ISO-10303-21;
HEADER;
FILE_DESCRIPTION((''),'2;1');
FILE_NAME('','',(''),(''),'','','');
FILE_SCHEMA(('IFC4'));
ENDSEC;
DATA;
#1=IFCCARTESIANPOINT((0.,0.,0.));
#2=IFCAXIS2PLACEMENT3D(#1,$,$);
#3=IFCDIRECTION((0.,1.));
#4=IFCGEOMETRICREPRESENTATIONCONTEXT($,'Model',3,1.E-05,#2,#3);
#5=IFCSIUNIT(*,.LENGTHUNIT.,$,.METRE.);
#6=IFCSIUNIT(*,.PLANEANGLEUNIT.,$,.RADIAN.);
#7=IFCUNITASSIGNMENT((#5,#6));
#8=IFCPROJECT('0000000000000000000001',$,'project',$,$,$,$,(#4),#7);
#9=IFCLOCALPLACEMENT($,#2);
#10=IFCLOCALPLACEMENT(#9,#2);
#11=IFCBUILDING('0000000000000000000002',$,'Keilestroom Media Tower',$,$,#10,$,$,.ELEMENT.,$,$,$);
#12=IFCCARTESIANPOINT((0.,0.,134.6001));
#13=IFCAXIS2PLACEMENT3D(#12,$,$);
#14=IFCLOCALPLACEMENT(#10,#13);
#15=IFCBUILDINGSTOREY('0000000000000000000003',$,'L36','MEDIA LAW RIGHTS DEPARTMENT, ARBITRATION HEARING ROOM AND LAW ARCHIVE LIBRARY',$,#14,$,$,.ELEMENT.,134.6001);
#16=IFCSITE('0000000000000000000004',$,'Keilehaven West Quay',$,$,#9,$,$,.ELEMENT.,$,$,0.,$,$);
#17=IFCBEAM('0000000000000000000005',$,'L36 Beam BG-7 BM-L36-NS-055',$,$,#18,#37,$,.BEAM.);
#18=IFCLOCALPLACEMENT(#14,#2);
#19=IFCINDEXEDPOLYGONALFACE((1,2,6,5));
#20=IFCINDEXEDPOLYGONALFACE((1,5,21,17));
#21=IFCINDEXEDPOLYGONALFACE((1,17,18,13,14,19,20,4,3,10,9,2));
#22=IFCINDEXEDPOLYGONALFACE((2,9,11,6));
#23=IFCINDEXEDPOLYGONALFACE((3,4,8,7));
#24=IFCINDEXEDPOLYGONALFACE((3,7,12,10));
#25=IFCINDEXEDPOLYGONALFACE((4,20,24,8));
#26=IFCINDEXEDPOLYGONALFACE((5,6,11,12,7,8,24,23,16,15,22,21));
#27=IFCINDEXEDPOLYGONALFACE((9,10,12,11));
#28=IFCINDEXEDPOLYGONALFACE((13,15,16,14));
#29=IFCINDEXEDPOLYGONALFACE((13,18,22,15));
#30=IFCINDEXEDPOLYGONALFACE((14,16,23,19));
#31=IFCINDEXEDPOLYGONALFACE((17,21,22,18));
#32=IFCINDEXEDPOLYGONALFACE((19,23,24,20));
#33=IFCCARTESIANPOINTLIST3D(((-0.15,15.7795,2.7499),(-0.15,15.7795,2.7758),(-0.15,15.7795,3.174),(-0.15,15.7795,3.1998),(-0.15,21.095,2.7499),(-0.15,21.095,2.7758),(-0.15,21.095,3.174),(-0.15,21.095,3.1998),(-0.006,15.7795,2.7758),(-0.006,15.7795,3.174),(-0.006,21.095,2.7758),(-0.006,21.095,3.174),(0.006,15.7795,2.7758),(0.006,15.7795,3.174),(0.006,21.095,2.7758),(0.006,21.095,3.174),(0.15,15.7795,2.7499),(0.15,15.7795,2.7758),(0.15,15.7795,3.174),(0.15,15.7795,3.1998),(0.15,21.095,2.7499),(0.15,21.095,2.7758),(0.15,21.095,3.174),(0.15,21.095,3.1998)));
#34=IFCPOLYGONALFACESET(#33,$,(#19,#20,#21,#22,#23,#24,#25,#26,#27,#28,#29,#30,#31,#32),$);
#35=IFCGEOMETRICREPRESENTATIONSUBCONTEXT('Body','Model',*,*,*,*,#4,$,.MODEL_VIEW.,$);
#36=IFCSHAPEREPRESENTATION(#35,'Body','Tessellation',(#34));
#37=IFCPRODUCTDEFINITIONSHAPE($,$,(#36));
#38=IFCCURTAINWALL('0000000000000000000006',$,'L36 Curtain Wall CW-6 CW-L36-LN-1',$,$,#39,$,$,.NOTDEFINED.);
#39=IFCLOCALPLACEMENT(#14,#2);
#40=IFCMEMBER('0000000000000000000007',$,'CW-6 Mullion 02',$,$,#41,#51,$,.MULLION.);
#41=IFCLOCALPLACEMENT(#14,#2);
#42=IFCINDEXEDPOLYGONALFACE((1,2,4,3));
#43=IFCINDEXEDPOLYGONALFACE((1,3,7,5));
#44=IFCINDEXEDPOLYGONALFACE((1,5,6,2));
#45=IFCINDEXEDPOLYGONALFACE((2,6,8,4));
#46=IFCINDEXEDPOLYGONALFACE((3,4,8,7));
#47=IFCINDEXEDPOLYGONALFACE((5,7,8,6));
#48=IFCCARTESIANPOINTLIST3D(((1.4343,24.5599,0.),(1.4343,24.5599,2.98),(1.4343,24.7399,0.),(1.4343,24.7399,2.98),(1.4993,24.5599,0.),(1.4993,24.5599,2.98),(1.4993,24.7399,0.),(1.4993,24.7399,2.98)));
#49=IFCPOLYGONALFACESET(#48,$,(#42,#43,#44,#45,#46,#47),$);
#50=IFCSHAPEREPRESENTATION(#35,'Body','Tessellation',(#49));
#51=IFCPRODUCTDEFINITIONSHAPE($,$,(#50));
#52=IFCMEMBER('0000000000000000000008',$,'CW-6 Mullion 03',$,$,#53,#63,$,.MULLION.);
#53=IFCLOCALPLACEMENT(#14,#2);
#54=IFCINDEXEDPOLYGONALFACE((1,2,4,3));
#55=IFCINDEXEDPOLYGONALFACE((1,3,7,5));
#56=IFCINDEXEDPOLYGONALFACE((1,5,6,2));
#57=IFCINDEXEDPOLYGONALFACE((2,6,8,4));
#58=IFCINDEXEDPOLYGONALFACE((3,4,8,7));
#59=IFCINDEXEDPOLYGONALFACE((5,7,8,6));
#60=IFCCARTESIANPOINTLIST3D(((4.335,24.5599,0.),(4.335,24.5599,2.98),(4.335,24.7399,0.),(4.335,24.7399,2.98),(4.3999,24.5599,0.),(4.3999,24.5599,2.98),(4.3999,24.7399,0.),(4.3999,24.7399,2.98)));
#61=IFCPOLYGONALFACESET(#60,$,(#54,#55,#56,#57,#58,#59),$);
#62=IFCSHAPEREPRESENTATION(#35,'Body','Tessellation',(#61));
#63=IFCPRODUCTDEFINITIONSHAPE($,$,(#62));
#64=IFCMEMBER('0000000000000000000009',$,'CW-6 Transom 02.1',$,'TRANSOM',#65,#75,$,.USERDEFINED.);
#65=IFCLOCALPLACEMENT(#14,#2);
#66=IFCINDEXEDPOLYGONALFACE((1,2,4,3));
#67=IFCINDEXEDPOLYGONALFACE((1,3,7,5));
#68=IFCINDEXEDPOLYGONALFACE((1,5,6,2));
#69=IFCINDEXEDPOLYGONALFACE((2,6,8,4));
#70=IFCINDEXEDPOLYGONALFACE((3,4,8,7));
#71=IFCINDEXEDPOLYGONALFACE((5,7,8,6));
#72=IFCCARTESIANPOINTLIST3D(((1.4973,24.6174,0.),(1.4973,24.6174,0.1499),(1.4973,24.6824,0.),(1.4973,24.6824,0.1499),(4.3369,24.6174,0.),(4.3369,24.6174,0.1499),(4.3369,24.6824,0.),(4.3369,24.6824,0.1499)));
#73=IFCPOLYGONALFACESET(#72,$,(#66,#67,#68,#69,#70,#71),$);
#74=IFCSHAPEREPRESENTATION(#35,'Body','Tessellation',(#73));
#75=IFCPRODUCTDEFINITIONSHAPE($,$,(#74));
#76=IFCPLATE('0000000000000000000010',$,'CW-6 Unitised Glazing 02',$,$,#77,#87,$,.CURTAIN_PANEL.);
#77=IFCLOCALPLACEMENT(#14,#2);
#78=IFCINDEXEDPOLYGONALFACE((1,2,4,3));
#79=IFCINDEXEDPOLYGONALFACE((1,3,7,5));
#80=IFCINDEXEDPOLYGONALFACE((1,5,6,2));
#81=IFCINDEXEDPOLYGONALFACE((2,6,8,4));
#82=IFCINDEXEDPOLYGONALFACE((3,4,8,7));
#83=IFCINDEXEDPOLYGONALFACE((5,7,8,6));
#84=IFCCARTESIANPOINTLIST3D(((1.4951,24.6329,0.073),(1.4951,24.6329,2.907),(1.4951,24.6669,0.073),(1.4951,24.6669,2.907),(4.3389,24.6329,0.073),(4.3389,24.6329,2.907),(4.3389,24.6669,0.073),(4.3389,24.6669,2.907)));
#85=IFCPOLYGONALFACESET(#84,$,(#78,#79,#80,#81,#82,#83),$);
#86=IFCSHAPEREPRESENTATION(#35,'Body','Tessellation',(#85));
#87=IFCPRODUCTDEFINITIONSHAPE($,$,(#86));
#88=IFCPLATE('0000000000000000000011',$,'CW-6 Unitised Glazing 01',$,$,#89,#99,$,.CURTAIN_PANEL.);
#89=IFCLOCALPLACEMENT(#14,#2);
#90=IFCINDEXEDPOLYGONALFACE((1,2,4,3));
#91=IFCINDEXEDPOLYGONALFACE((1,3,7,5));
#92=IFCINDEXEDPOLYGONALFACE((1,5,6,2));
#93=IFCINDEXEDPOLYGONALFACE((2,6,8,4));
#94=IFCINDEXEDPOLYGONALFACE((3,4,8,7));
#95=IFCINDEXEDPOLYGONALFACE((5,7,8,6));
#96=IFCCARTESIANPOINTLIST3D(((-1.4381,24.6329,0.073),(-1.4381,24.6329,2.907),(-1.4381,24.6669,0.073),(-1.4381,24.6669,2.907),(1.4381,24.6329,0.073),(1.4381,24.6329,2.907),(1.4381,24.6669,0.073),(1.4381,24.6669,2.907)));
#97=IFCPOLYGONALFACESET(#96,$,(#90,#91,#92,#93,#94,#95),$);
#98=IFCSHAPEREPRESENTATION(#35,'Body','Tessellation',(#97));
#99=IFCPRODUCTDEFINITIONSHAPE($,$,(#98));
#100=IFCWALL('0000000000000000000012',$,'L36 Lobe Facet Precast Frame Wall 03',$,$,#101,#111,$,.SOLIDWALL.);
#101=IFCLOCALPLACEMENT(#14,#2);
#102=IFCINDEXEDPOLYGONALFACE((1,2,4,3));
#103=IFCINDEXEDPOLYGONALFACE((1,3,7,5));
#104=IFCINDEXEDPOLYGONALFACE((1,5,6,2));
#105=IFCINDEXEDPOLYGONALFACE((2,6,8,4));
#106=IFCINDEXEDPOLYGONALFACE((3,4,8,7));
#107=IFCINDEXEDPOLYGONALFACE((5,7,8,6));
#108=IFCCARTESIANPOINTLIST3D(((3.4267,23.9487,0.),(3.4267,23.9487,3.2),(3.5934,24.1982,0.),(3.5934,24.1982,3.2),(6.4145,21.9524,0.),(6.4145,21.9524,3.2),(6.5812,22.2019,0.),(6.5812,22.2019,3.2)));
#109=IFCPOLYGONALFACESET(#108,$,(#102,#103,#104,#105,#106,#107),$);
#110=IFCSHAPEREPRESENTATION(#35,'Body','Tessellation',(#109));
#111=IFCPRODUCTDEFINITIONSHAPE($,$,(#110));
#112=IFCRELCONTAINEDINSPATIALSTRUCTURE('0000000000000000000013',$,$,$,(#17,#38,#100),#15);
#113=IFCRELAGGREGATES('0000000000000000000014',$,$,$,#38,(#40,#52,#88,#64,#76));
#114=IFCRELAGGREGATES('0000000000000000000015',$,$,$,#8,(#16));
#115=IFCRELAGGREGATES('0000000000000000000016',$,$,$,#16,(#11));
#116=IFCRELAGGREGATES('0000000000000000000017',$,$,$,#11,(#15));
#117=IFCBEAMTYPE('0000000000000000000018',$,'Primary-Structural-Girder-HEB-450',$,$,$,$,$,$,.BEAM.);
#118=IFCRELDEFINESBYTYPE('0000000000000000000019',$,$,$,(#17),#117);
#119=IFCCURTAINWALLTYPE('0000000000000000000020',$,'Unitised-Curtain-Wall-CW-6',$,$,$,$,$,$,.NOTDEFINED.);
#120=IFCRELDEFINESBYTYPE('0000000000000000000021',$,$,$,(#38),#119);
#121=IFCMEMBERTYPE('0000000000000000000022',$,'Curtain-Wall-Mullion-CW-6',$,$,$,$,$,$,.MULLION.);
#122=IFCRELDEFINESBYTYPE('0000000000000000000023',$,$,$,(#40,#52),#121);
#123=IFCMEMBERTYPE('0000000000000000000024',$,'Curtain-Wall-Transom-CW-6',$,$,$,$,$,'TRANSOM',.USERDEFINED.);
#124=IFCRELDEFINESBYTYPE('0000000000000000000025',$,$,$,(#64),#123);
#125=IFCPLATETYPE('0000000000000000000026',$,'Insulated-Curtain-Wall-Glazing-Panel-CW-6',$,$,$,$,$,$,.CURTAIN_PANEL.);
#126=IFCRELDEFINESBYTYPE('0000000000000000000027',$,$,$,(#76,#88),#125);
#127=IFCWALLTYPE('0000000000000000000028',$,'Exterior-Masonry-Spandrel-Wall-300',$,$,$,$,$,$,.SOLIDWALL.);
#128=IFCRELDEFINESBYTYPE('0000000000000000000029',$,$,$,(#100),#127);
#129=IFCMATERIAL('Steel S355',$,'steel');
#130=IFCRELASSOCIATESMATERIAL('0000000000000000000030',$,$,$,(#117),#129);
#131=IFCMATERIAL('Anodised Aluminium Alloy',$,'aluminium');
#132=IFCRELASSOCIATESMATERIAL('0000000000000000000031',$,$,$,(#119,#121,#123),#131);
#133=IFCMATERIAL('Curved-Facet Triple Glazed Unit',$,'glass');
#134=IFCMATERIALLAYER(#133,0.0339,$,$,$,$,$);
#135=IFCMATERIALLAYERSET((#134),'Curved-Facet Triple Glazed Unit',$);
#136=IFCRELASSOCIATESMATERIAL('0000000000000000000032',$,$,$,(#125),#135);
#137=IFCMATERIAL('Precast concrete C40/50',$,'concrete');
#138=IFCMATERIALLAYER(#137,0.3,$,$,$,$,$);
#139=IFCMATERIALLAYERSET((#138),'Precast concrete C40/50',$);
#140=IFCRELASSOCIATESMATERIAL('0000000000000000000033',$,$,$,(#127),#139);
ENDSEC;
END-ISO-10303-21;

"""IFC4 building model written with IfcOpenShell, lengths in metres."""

from ifc_helpers import new_model, si_unit, direction, frame, frame_2d, origin, origin_2d, place, context, subcontext, project, spatial, rectangle, i_section, extrude, source, transform, mapped, material, layer, layer_set, material_profile, profile_set, type_object, element, aggregate, save


model = new_model("IFC4")

# Units and contexts
model_context = context("Model", 3, precision=1e-05, world=origin(), true_north=direction((0.0, 1.0)))
body_context = subcontext(model_context, "Body", "Model", "MODEL_VIEW")
ifc_project = project(units=[si_unit("LENGTHUNIT", "METRE"), si_unit("PLANEANGLEUNIT", "RADIAN")], contexts=[model_context])

# Site, building, storey
site_placement = place(None, origin())
site = spatial("IfcSite", under=ifc_project, at=site_placement, Name="Keilehaven West Quay", CompositionType="ELEMENT", RefElevation=0.0)
building_placement = place(site_placement, origin())
building = spatial("IfcBuilding", under=site, at=building_placement, Name="Keilestroom Media Tower", CompositionType="ELEMENT")
storey_placement = place(building_placement, frame((0.0, 0.0, 134.6001)))
storey = spatial("IfcBuildingStorey", under=building, at=storey_placement, Name="L36", Description="MEDIA LAW RIGHTS DEPARTMENT, ARBITRATION HEARING ROOM AND LAW ARCHIVE LIBRARY", CompositionType="ELEMENT", Elevation=134.6001)

# Shared definitions
ifc_material_1 = material(Name="Steel S355", Category="steel")

# Beam
ifc_material_profile_1 = material_profile(ifc_material_1, i_section(OverallWidth=0.3, OverallDepth=0.45, WebThickness=0.012, FlangeThickness=0.0259, at=origin_2d()), Name="HEB 450")
ifc_profile_set_1 = profile_set([ifc_material_profile_1], Name="Steel S355")
beam_type_1 = type_object("IfcBeamType", Name="Primary-Structural-Girder-HEB-450", PredefinedType="BEAM", material=ifc_profile_set_1)
shared_shape_1 = source(origin(), body_context, "Body", "SweptSolid", [
    extrude(i_section(OverallWidth=0.3, OverallDepth=0.45, WebThickness=0.012, FlangeThickness=0.0259, at=origin_2d()), origin(), (0.0, 0.0, 1.0), 5.3154),
])
beam_1_placement = place(storey_placement, frame((0.0, 15.7795, 2.9749), z_axis=(0.0, 1.0, 0.0), x_axis=(-1.0, 0.0, 0.0)))
element("IfcBeam", 1, at=beam_1_placement, inside=storey, type_object=beam_type_1, Name="L36 Beam BG-7 BM-L36-NS-055", PredefinedType="BEAM", context=body_context, shape_type="MappedRepresentation", body=[
    mapped(shared_shape_1, transform((0.0, 0.0, 0.0), x_axis=(1.0, 0.0, 0.0), y_axis=(0.0, 1.0, 0.0), z_axis=(0.0, 0.0, 1.0), scale=1.0)),
])

# Curtain wall, members, plates
ifc_material_2 = material(Name="Anodised Aluminium Alloy", Category="aluminium")
curtain_wall_type = type_object("IfcCurtainWallType", Name="Unitised-Curtain-Wall-CW-6", PredefinedType="NOTDEFINED", material=ifc_material_2)
curtain_wall_placement = place(storey_placement, origin())
curtain_wall = element("IfcCurtainWall", 2, at=curtain_wall_placement, inside=storey, type_object=curtain_wall_type, Name="L36 Curtain Wall CW-6 CW-L36-LN-1", PredefinedType="NOTDEFINED")
ifc_material_profile_2 = material_profile(ifc_material_2, rectangle(XDim=0.0649, YDim=0.1799, at=origin_2d()), Name="ALU MULLION 65x180")
ifc_profile_set_2 = profile_set([ifc_material_profile_2], Name="Anodised Aluminium Alloy")
member_type_1 = type_object("IfcMemberType", Name="Curtain-Wall-Mullion-CW-6", PredefinedType="MULLION", material=ifc_profile_set_2)
shared_shape_2 = source(origin(), body_context, "Body", "SweptSolid", [
    extrude(rectangle(XDim=0.0649, YDim=0.1799, at=origin_2d()), origin(), (0.0, 0.0, 1.0), 2.98),
])
member_1_placement = place(storey_placement, frame((1.4668, 24.6499, 0.0), z_axis=(0.0, 0.0, 1.0), x_axis=(1.0, 0.0, 0.0)))
member_1 = element("IfcMember", 3, at=member_1_placement, type_object=member_type_1, Name="CW-6 Mullion 02", PredefinedType="MULLION", context=body_context, shape_type="MappedRepresentation", body=[
    mapped(shared_shape_2, transform((0.0, 0.0, 0.0), x_axis=(1.0, 0.0, 0.0), y_axis=(0.0, 1.0, 0.0), z_axis=(0.0, 0.0, 1.0), scale=1.0)),
])
member_2_placement = place(storey_placement, frame((4.3674, 24.6499, 0.0), z_axis=(0.0, 0.0, 1.0), x_axis=(1.0, 0.0, 0.0)))
member_2 = element("IfcMember", 4, at=member_2_placement, type_object=member_type_1, Name="CW-6 Mullion 03", PredefinedType="MULLION", context=body_context, shape_type="MappedRepresentation", body=[
    mapped(shared_shape_2, transform((0.0, 0.0, 0.0), x_axis=(1.0, 0.0, 0.0), y_axis=(0.0, 1.0, 0.0), z_axis=(0.0, 0.0, 1.0), scale=1.0)),
])
ifc_material_profile_3 = material_profile(ifc_material_2, rectangle(XDim=0.0649, YDim=0.1499, at=origin_2d()), Name="ALU TRANSOM 65x150")
ifc_profile_set_3 = profile_set([ifc_material_profile_3], Name="Anodised Aluminium Alloy")
member_type_2 = type_object("IfcMemberType", Name="Curtain-Wall-Transom-CW-6", ElementType="TRANSOM", PredefinedType="USERDEFINED", material=ifc_profile_set_3)
shared_shape_3 = source(origin(), body_context, "Body", "SweptSolid", [
    extrude(rectangle(XDim=0.0649, YDim=0.1499, at=origin_2d()), origin(), (0.0, 0.0, 1.0), 2.8396),
])
member_3_placement = place(storey_placement, frame((1.4973, 24.6499, 0.075), z_axis=(1.0, 0.0, 0.0), x_axis=(0.0, 1.0, 0.0)))
member_3 = element("IfcMember", 5, at=member_3_placement, type_object=member_type_2, Name="CW-6 Transom 02.1", ObjectType="TRANSOM", PredefinedType="USERDEFINED", context=body_context, shape_type="MappedRepresentation", body=[
    mapped(shared_shape_3, transform((0.0, 0.0, 0.0), x_axis=(1.0, 0.0, 0.0), y_axis=(0.0, 1.0, 0.0), z_axis=(0.0, 0.0, 1.0), scale=1.0)),
])
ifc_material_3 = material(Name="Curved-Facet Triple Glazed Unit", Category="glass")
ifc_layer_1 = layer(ifc_material_3, 0.0339)
ifc_layer_set_1 = layer_set([ifc_layer_1], Name="Curved-Facet Triple Glazed Unit")
plate_type = type_object("IfcPlateType", Name="Insulated-Curtain-Wall-Glazing-Panel-CW-6", PredefinedType="CURTAIN_PANEL", material=ifc_layer_set_1)
shared_shape_4 = source(origin(), body_context, "Body", "SweptSolid", [
    extrude(rectangle(XDim=2.8438, YDim=0.0339, at=origin_2d()), origin(), (0.0, 0.0, 1.0), 2.834),
])
plate_1_placement = place(storey_placement, frame((2.917, 24.6499, 0.073), z_axis=(0.0, 0.0, 1.0), x_axis=(1.0, 0.0, 0.0)))
plate_1 = element("IfcPlate", 6, at=plate_1_placement, type_object=plate_type, Name="CW-6 Unitised Glazing 02", PredefinedType="CURTAIN_PANEL", context=body_context, shape_type="MappedRepresentation", body=[
    mapped(shared_shape_4, transform((0.0, 0.0, 0.0), x_axis=(1.0, 0.0, 0.0), y_axis=(0.0, 1.0, 0.0), z_axis=(0.0, 0.0, 1.0), scale=1.0)),
])
shared_shape_5 = source(origin(), body_context, "Body", "SweptSolid", [
    extrude(rectangle(XDim=2.8762, YDim=0.0339, at=origin_2d()), origin(), (0.0, 0.0, 1.0), 2.834),
])
plate_2_placement = place(storey_placement, frame((0.0, 24.6499, 0.073), z_axis=(0.0, 0.0, 1.0), x_axis=(1.0, 0.0, 0.0)))
plate_2 = element("IfcPlate", 7, at=plate_2_placement, type_object=plate_type, Name="CW-6 Unitised Glazing 01", PredefinedType="CURTAIN_PANEL", context=body_context, shape_type="MappedRepresentation", body=[
    mapped(shared_shape_5, transform((0.0, 0.0, 0.0), x_axis=(1.0, 0.0, 0.0), y_axis=(0.0, 1.0, 0.0), z_axis=(0.0, 0.0, 1.0), scale=1.0)),
])
aggregate(curtain_wall, [member_1, member_2, plate_2, member_3, plate_1])

# Wall
ifc_material_4 = material(Name="Precast concrete C40/50", Category="concrete")
ifc_layer_2 = layer(ifc_material_4, 0.3)
ifc_layer_set_2 = layer_set([ifc_layer_2], Name="Precast concrete C40/50")
wall_type_1 = type_object("IfcWallType", Name="Exterior-Masonry-Spandrel-Wall-300", PredefinedType="SOLIDWALL", material=ifc_layer_set_2)
wall_1_placement = place(storey_placement, frame((6.4978, 22.0771, 0.0), z_axis=(0.0, 0.0, 1.0), x_axis=(-0.831475, 0.555562, 0.0)))
element("IfcWall", 8, at=wall_1_placement, inside=storey, type_object=wall_type_1, Name="L36 Lobe Facet Precast Frame Wall 03", PredefinedType="SOLIDWALL", context=body_context, shape_type="SweptSolid", body=[
    extrude(rectangle(XDim=3.5933, YDim=0.3, at=frame_2d((1.7966, 0.0))), origin(), (0.0, 0.0, 1.0), 3.2),
])

save(model, "model.ifc")
